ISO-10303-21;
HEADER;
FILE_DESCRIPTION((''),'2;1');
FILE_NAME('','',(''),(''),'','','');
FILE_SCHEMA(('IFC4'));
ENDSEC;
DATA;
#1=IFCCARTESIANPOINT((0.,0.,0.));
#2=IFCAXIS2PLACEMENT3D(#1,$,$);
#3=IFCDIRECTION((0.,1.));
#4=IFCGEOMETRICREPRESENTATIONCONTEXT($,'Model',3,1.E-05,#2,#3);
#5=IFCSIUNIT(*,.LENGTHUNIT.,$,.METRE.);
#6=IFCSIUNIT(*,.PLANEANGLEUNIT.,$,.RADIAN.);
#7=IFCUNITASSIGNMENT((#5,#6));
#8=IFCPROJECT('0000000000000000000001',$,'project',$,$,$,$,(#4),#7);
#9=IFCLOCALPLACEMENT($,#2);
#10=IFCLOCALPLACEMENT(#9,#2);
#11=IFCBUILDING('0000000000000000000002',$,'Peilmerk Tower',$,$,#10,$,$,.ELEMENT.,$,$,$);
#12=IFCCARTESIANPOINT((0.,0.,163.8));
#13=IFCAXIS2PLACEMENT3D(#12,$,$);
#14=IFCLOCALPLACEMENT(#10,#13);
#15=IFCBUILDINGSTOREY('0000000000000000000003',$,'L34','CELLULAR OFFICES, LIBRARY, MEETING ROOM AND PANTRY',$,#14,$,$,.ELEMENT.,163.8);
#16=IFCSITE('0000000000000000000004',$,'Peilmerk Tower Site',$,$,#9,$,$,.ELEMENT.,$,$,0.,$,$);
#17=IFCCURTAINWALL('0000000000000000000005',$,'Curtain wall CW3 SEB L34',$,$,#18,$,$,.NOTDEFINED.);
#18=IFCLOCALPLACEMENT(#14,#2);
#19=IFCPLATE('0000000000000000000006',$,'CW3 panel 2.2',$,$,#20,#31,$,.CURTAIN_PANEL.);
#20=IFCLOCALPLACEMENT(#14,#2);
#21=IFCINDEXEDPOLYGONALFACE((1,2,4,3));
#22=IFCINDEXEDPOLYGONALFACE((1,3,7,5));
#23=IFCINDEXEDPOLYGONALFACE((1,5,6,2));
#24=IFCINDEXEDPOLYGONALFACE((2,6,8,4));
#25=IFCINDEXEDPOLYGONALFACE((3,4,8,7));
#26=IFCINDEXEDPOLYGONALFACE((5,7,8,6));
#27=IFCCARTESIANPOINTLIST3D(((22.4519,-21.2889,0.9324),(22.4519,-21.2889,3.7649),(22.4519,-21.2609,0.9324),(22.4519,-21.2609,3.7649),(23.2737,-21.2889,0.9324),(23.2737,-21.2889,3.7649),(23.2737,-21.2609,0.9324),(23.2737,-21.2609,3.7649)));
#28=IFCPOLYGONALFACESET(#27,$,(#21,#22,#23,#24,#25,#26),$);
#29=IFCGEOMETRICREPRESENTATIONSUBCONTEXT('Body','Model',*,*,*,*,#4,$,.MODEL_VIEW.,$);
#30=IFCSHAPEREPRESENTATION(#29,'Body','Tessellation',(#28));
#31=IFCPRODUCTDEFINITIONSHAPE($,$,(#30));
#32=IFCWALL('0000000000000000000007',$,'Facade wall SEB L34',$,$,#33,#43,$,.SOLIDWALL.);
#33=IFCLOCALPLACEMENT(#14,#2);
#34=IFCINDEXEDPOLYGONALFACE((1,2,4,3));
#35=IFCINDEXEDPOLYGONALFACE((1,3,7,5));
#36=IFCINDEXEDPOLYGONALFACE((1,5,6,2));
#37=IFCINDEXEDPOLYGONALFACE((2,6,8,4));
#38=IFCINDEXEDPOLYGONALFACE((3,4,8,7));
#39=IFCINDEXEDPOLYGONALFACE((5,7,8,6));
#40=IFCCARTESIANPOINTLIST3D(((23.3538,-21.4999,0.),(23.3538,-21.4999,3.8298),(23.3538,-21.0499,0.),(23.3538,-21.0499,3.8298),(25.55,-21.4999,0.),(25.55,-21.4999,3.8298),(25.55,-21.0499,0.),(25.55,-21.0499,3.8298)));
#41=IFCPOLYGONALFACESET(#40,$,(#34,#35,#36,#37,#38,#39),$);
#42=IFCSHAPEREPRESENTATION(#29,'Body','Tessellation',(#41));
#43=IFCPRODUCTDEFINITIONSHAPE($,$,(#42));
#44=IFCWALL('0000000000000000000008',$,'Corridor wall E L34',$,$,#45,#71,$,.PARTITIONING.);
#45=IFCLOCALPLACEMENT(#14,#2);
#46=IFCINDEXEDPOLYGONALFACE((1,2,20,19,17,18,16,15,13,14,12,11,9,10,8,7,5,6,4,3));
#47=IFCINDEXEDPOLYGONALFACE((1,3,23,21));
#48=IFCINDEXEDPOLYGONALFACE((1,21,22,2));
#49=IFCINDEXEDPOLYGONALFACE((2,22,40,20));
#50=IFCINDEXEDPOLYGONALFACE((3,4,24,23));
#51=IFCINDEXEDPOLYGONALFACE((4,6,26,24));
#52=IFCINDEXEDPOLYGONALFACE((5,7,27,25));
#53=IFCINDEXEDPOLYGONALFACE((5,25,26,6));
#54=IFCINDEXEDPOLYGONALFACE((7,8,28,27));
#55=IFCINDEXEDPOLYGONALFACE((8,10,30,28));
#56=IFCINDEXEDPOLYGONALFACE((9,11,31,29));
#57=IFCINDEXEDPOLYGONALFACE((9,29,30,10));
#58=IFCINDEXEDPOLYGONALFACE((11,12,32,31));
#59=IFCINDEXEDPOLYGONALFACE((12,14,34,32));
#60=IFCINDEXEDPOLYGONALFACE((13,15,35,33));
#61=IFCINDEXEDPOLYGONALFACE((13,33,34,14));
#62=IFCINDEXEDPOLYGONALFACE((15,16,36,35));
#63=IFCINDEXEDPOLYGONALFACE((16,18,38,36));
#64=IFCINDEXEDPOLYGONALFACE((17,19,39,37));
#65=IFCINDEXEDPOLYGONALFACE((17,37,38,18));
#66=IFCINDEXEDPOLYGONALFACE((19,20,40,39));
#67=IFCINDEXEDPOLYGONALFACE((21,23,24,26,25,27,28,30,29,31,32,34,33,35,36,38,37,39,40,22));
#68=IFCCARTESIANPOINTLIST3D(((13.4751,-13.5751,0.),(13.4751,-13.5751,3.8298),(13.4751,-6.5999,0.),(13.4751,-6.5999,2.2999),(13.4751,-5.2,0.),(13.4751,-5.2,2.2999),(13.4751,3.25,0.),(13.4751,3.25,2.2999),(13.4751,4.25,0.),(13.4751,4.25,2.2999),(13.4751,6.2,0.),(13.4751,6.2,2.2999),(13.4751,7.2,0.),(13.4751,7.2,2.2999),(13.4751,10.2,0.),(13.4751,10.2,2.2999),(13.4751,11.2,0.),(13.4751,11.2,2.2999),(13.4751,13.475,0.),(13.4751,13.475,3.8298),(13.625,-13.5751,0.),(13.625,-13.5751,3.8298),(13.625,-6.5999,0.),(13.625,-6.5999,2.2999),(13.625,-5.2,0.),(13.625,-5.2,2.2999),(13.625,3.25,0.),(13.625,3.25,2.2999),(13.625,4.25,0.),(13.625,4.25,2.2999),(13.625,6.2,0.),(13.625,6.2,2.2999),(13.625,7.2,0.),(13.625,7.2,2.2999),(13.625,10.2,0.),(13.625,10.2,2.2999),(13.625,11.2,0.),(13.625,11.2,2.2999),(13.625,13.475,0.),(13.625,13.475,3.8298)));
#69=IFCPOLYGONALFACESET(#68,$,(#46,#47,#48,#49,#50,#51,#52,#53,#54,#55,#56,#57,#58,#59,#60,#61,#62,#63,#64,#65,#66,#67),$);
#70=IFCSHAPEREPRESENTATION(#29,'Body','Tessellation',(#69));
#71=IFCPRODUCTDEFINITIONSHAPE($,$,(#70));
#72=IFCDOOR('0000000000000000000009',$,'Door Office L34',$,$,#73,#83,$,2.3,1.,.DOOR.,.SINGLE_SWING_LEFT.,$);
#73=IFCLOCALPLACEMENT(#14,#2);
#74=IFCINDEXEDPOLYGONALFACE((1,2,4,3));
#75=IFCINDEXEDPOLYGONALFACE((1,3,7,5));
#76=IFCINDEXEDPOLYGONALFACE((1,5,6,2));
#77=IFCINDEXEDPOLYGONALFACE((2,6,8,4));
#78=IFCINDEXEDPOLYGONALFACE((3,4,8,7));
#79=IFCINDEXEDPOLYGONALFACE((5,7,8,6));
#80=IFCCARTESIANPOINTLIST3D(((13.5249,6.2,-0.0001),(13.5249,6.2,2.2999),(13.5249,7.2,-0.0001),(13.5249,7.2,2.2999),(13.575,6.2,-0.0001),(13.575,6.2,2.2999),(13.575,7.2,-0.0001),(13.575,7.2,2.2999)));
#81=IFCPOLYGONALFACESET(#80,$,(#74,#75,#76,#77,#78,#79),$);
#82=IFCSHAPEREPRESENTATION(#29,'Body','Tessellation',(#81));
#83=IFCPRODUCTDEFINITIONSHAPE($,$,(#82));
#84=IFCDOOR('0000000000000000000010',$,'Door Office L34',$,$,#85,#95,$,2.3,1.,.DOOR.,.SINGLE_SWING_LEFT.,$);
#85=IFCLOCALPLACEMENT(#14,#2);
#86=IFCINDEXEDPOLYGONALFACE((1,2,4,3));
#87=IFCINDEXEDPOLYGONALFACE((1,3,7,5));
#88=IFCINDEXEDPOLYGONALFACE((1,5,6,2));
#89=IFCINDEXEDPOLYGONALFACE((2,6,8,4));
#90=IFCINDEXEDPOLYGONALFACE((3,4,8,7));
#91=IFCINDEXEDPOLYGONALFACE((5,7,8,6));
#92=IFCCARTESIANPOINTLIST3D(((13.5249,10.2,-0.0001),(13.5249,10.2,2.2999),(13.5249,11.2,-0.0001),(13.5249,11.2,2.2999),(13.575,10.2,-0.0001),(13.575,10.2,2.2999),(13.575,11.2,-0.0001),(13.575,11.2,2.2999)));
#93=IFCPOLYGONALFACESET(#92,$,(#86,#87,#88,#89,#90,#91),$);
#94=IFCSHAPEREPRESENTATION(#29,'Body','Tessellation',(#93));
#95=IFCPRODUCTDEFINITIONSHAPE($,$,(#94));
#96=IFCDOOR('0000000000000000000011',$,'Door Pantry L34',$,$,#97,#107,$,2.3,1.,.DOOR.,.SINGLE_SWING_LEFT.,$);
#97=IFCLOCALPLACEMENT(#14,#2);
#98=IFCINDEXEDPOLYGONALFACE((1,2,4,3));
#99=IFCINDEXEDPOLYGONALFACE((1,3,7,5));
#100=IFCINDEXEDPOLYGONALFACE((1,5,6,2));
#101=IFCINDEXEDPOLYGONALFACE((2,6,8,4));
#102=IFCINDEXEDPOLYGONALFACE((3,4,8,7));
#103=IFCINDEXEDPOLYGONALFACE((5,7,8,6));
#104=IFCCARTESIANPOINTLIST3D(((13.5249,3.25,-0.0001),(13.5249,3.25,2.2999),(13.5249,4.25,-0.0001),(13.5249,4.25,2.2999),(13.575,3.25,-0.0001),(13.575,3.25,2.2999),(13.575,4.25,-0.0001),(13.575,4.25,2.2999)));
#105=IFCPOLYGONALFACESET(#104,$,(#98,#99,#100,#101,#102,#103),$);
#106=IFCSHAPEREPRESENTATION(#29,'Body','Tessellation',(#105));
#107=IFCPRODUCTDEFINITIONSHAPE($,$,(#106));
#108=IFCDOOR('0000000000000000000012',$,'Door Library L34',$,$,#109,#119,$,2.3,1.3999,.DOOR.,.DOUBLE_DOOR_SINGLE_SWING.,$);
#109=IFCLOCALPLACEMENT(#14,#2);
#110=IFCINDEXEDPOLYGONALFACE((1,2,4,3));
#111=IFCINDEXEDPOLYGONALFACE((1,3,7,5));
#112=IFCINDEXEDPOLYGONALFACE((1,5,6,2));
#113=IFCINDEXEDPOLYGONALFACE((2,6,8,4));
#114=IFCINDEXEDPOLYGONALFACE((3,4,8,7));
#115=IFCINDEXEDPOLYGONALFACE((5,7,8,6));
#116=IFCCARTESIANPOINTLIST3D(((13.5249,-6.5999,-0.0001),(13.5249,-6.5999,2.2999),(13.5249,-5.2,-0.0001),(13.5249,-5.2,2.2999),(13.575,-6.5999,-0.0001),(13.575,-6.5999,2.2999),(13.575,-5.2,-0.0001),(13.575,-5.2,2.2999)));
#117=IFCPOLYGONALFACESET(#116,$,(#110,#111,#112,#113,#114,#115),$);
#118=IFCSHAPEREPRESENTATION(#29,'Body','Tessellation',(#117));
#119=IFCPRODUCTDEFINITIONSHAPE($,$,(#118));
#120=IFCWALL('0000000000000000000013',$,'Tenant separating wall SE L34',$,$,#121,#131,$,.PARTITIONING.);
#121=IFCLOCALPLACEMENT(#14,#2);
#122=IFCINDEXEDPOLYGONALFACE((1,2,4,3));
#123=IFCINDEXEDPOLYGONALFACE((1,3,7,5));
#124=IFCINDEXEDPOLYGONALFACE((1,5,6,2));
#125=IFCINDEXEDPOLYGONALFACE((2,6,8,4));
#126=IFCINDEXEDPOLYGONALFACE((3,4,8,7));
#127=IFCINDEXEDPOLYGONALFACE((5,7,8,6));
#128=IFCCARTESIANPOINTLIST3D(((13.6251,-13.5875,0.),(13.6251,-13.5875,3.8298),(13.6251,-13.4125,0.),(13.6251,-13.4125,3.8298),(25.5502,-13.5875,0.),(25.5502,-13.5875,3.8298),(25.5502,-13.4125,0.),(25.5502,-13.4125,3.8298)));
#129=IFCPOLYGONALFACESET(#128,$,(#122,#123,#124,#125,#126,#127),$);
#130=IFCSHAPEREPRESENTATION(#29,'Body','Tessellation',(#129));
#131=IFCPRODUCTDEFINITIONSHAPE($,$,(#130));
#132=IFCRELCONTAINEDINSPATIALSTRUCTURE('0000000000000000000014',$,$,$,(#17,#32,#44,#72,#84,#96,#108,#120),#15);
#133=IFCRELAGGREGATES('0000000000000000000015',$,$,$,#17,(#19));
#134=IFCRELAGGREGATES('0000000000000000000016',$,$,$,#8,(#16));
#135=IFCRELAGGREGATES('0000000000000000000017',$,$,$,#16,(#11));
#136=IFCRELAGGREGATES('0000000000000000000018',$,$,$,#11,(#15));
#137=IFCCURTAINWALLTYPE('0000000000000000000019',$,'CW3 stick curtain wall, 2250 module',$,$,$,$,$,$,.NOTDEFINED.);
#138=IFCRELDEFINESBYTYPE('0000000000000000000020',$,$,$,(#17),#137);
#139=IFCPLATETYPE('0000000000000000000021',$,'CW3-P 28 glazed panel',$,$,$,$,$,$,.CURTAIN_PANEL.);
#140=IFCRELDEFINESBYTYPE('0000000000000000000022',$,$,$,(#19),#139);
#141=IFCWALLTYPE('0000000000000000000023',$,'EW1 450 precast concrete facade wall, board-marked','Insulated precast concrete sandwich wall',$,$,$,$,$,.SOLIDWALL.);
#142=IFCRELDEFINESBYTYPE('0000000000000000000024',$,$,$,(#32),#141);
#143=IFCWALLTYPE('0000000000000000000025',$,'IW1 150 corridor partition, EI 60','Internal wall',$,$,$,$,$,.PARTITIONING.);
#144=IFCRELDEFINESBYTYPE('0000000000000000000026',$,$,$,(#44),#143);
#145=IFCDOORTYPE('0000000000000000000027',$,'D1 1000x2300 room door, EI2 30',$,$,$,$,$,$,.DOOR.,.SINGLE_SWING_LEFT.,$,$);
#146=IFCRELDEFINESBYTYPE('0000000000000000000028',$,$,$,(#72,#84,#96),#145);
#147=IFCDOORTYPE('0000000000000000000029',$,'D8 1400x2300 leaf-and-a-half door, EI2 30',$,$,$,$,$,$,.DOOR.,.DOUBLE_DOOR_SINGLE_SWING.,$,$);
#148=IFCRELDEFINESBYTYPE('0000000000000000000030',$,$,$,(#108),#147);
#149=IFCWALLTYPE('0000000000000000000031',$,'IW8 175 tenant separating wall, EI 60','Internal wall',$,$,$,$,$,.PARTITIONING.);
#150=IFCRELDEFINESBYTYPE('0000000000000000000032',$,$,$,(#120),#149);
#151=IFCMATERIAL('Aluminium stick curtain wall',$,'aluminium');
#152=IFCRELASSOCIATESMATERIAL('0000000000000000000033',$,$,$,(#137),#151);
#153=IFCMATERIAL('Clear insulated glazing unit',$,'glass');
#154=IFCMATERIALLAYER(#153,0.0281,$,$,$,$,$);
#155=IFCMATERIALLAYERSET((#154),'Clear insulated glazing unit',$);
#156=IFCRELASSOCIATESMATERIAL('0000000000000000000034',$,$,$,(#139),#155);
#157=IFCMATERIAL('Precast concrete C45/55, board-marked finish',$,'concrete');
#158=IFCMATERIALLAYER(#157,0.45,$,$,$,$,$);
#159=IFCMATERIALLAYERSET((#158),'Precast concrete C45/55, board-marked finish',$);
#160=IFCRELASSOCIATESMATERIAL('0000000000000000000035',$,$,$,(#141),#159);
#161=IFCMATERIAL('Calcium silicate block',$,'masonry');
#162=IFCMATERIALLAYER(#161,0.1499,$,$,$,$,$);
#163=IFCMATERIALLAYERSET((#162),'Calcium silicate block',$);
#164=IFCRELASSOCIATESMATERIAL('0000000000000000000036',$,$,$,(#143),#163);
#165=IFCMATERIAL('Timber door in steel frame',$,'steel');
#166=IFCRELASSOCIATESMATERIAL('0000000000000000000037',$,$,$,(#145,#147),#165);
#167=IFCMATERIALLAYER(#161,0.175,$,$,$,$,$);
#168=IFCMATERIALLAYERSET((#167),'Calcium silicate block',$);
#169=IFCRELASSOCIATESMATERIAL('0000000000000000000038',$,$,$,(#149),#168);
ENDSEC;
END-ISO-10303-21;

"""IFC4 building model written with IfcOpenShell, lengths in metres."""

from ifc_helpers import new_model, si_unit, direction, frame, frame_2d, origin, origin_2d, place, context, subcontext, project, spatial, rectangle, extrude, material, layer, layer_set, type_object, element, fill, aggregate, save


model = new_model("IFC4")

# Units and contexts
model_context = context("Model", 3, precision=1e-05, world=origin(), true_north=direction((0.0, 1.0)))
body_context = subcontext(model_context, "Body", "Model", "MODEL_VIEW")
ifc_project = project(units=[si_unit("LENGTHUNIT", "METRE"), si_unit("PLANEANGLEUNIT", "RADIAN")], contexts=[model_context])

# Site, building, storey
site_placement = place(None, origin())
site = spatial("IfcSite", under=ifc_project, at=site_placement, Name="Peilmerk Tower Site", CompositionType="ELEMENT", RefElevation=0.0)
building_placement = place(site_placement, origin())
building = spatial("IfcBuilding", under=site, at=building_placement, Name="Peilmerk Tower", CompositionType="ELEMENT")
storey_placement = place(building_placement, frame((0.0, 0.0, 163.8)))
storey = spatial("IfcBuildingStorey", under=building, at=storey_placement, Name="L34", Description="CELLULAR OFFICES, LIBRARY, MEETING ROOM AND PANTRY", CompositionType="ELEMENT", Elevation=163.8)

# Curtain wall
ifc_material_1 = material(Name="Aluminium stick curtain wall", Category="aluminium")
curtain_wall_type = type_object("IfcCurtainWallType", Name="CW3 stick curtain wall, 2250 module", PredefinedType="NOTDEFINED", material=ifc_material_1)
curtain_wall_1_placement = place(storey_placement, origin())
curtain_wall_1 = element("IfcCurtainWall", 1, at=curtain_wall_1_placement, inside=storey, type_object=curtain_wall_type, Name="Curtain wall CW3 SEB L34", PredefinedType="NOTDEFINED")

# Plate
ifc_material_2 = material(Name="Clear insulated glazing unit", Category="glass")
ifc_layer_1 = layer(ifc_material_2, 0.0281)
ifc_layer_set_1 = layer_set([ifc_layer_1], Name="Clear insulated glazing unit")
plate_type = type_object("IfcPlateType", Name="CW3-P 28 glazed panel", PredefinedType="CURTAIN_PANEL", material=ifc_layer_set_1)
plate_1_placement = place(storey_placement, frame((22.8628, -21.2749, 0.9324), z_axis=(0.0, 0.0, 1.0), x_axis=(1.0, 0.0, 0.0)))
plate_1 = element("IfcPlate", 2, at=plate_1_placement, type_object=plate_type, Name="CW3 panel 2.2", PredefinedType="CURTAIN_PANEL", context=body_context, shape_type="SweptSolid", body=[
    extrude(rectangle(XDim=0.8218, YDim=0.0281, at=origin_2d()), origin(), (0.0, 0.0, 1.0), 2.8325),
])
aggregate(curtain_wall_1, [plate_1])

# Wall
ifc_material_3 = material(Name="Precast concrete C45/55, board-marked finish", Category="concrete")
ifc_layer_2 = layer(ifc_material_3, 0.45)
ifc_layer_set_2 = layer_set([ifc_layer_2], Name="Precast concrete C45/55, board-marked finish")
wall_type_1 = type_object("IfcWallType", Name="EW1 450 precast concrete facade wall, board-marked", Description="Insulated precast concrete sandwich wall", PredefinedType="SOLIDWALL", material=ifc_layer_set_2)
wall_1_placement = place(storey_placement, frame((23.3538, -21.2749, 0.0), z_axis=(0.0, 0.0, 1.0), x_axis=(1.0, 0.0, 0.0)))
element("IfcWall", 3, at=wall_1_placement, inside=storey, type_object=wall_type_1, Name="Facade wall SEB L34", PredefinedType="SOLIDWALL", context=body_context, shape_type="SweptSolid", body=[
    extrude(rectangle(XDim=2.1963, YDim=0.45, at=frame_2d((1.0981, 0.0))), origin(), (0.0, 0.0, 1.0), 3.8298),
])

# Wall, openings, doors
ifc_material_4 = material(Name="Calcium silicate block", Category="masonry")
ifc_layer_3 = layer(ifc_material_4, 0.1499)
ifc_layer_set_3 = layer_set([ifc_layer_3], Name="Calcium silicate block")
wall_type_2 = type_object("IfcWallType", Name="IW1 150 corridor partition, EI 60", Description="Internal wall", PredefinedType="PARTITIONING", material=ifc_layer_set_3)
wall_2_placement = place(storey_placement, frame((13.55, -13.575, 0.0), z_axis=(0.0, 0.0, 1.0), x_axis=(0.0, 1.0, 0.0)))
wall_2 = element("IfcWall", 4, at=wall_2_placement, inside=storey, type_object=wall_type_2, Name="Corridor wall E L34", PredefinedType="PARTITIONING", context=body_context, shape_type="SweptSolid", body=[
    extrude(rectangle(XDim=27.05, YDim=0.1499, at=frame_2d((13.5249, 0.0))), origin(), (0.0, 0.0, 1.0), 3.8298),
])
opening_1_placement = place(wall_2_placement, frame((6.9751, 0.0, 0.0)))
opening_1 = element("IfcOpeningElement", 5, at=opening_1_placement, cuts=wall_2, PredefinedType="OPENING", context=body_context, shape_type="SweptSolid", body=[
    extrude(rectangle(XDim=1.3999, YDim=2.3, at=frame_2d((0.7, 1.1499))), frame((0.0, 0.085, 0.0), z_axis=(0.0, -1.0, 0.0), x_axis=(1.0, 0.0, 0.0)), (0.0, 0.0, 1.0), 0.1699),
])
opening_2_placement = place(wall_2_placement, frame((19.7749, 0.0, 0.0)))
opening_2 = element("IfcOpeningElement", 6, at=opening_2_placement, cuts=wall_2, PredefinedType="OPENING", context=body_context, shape_type="SweptSolid", body=[
    extrude(rectangle(XDim=1.0, YDim=2.3, at=frame_2d((0.5, 1.1499))), frame((0.0, 0.085, 0.0), z_axis=(0.0, -1.0, 0.0), x_axis=(1.0, 0.0, 0.0)), (0.0, 0.0, 1.0), 0.1699),
])
opening_3_placement = place(wall_2_placement, frame((23.7749, 0.0, 0.0)))
opening_3 = element("IfcOpeningElement", 7, at=opening_3_placement, cuts=wall_2, PredefinedType="OPENING", context=body_context, shape_type="SweptSolid", body=[
    extrude(rectangle(XDim=1.0, YDim=2.3, at=frame_2d((0.5, 1.1499))), frame((0.0, 0.085, 0.0), z_axis=(0.0, -1.0, 0.0), x_axis=(1.0, 0.0, 0.0)), (0.0, 0.0, 1.0), 0.1699),
])
opening_4_placement = place(wall_2_placement, frame((16.825, 0.0, 0.0)))
opening_4 = element("IfcOpeningElement", 8, at=opening_4_placement, cuts=wall_2, PredefinedType="OPENING", context=body_context, shape_type="SweptSolid", body=[
    extrude(rectangle(XDim=1.0, YDim=2.3, at=frame_2d((0.5, 1.1499))), frame((0.0, 0.085, 0.0), z_axis=(0.0, -1.0, 0.0), x_axis=(1.0, 0.0, 0.0)), (0.0, 0.0, 1.0), 0.1699),
])
ifc_material_5 = material(Name="Timber door in steel frame", Category="steel")
door_type_1 = type_object("IfcDoorType", Name="D1 1000x2300 room door, EI2 30", OperationType="SINGLE_SWING_LEFT", PredefinedType="DOOR", material=ifc_material_5)
door_1_placement = place(opening_2_placement, frame((1.0, 0.0, 0.0), z_axis=(0.0, 0.0, 1.0), x_axis=(-1.0, 0.0, 0.0)))
door_1 = element("IfcDoor", 9, at=door_1_placement, inside=storey, type_object=door_type_1, Name="Door Office L34", OperationType="SINGLE_SWING_LEFT", OverallHeight=2.3, OverallWidth=1.0, PredefinedType="DOOR", context=body_context, shape_type="SweptSolid", body=[
    extrude(rectangle(XDim=1.0, YDim=2.3, at=frame_2d((0.5, 1.1499))), frame((0.0, 0.0249, 0.0), z_axis=(0.0, -1.0, 0.0), x_axis=(1.0, 0.0, 0.0)), (0.0, 0.0, 1.0), 0.05),
])
fill(opening_2, door_1)
door_2_placement = place(opening_3_placement, frame((1.0, 0.0, 0.0), z_axis=(0.0, 0.0, 1.0), x_axis=(-1.0, 0.0, 0.0)))
door_2 = element("IfcDoor", 10, at=door_2_placement, inside=storey, type_object=door_type_1, Name="Door Office L34", OperationType="SINGLE_SWING_LEFT", OverallHeight=2.3, OverallWidth=1.0, PredefinedType="DOOR", context=body_context, shape_type="SweptSolid", body=[
    extrude(rectangle(XDim=1.0, YDim=2.3, at=frame_2d((0.5, 1.1499))), frame((0.0, 0.0249, 0.0), z_axis=(0.0, -1.0, 0.0), x_axis=(1.0, 0.0, 0.0)), (0.0, 0.0, 1.0), 0.05),
])
fill(opening_3, door_2)
door_3_placement = place(opening_4_placement, frame((1.0, 0.0, 0.0), z_axis=(0.0, 0.0, 1.0), x_axis=(-1.0, 0.0, 0.0)))
door_3 = element("IfcDoor", 11, at=door_3_placement, inside=storey, type_object=door_type_1, Name="Door Pantry L34", OperationType="SINGLE_SWING_LEFT", OverallHeight=2.3, OverallWidth=1.0, PredefinedType="DOOR", context=body_context, shape_type="SweptSolid", body=[
    extrude(rectangle(XDim=1.0, YDim=2.3, at=frame_2d((0.5, 1.1499))), frame((0.0, 0.0249, 0.0), z_axis=(0.0, -1.0, 0.0), x_axis=(1.0, 0.0, 0.0)), (0.0, 0.0, 1.0), 0.05),
])
fill(opening_4, door_3)
door_type_2 = type_object("IfcDoorType", Name="D8 1400x2300 leaf-and-a-half door, EI2 30", OperationType="DOUBLE_DOOR_SINGLE_SWING", PredefinedType="DOOR", material=ifc_material_5)
door_4_placement = place(opening_1_placement, frame((1.3999, 0.0, 0.0), z_axis=(0.0, 0.0, 1.0), x_axis=(-1.0, 0.0, 0.0)))
door_4 = element("IfcDoor", 12, at=door_4_placement, inside=storey, type_object=door_type_2, Name="Door Library L34", OperationType="DOUBLE_DOOR_SINGLE_SWING", OverallHeight=2.3, OverallWidth=1.3999, PredefinedType="DOOR", context=body_context, shape_type="SweptSolid", body=[
    extrude(rectangle(XDim=1.3999, YDim=2.3, at=frame_2d((0.7, 1.1499))), frame((0.0, 0.0249, 0.0), z_axis=(0.0, -1.0, 0.0), x_axis=(1.0, 0.0, 0.0)), (0.0, 0.0, 1.0), 0.05),
])
fill(opening_1, door_4)

# Wall
ifc_layer_4 = layer(ifc_material_4, 0.175)
ifc_layer_set_4 = layer_set([ifc_layer_4], Name="Calcium silicate block")
wall_type_3 = type_object("IfcWallType", Name="IW8 175 tenant separating wall, EI 60", Description="Internal wall", PredefinedType="PARTITIONING", material=ifc_layer_set_4)
wall_3_placement = place(storey_placement, frame((25.55, -13.5, 0.0), z_axis=(0.0, 0.0, 1.0), x_axis=(-1.0, 0.0, 0.0)))
element("IfcWall", 13, at=wall_3_placement, inside=storey, type_object=wall_type_3, Name="Tenant separating wall SE L34", PredefinedType="PARTITIONING", context=body_context, shape_type="SweptSolid", body=[
    extrude(rectangle(XDim=11.925, YDim=0.175, at=frame_2d((5.9624, 0.0))), origin(), (0.0, 0.0, 1.0), 3.8298),
])

save(model, "model.ifc")
